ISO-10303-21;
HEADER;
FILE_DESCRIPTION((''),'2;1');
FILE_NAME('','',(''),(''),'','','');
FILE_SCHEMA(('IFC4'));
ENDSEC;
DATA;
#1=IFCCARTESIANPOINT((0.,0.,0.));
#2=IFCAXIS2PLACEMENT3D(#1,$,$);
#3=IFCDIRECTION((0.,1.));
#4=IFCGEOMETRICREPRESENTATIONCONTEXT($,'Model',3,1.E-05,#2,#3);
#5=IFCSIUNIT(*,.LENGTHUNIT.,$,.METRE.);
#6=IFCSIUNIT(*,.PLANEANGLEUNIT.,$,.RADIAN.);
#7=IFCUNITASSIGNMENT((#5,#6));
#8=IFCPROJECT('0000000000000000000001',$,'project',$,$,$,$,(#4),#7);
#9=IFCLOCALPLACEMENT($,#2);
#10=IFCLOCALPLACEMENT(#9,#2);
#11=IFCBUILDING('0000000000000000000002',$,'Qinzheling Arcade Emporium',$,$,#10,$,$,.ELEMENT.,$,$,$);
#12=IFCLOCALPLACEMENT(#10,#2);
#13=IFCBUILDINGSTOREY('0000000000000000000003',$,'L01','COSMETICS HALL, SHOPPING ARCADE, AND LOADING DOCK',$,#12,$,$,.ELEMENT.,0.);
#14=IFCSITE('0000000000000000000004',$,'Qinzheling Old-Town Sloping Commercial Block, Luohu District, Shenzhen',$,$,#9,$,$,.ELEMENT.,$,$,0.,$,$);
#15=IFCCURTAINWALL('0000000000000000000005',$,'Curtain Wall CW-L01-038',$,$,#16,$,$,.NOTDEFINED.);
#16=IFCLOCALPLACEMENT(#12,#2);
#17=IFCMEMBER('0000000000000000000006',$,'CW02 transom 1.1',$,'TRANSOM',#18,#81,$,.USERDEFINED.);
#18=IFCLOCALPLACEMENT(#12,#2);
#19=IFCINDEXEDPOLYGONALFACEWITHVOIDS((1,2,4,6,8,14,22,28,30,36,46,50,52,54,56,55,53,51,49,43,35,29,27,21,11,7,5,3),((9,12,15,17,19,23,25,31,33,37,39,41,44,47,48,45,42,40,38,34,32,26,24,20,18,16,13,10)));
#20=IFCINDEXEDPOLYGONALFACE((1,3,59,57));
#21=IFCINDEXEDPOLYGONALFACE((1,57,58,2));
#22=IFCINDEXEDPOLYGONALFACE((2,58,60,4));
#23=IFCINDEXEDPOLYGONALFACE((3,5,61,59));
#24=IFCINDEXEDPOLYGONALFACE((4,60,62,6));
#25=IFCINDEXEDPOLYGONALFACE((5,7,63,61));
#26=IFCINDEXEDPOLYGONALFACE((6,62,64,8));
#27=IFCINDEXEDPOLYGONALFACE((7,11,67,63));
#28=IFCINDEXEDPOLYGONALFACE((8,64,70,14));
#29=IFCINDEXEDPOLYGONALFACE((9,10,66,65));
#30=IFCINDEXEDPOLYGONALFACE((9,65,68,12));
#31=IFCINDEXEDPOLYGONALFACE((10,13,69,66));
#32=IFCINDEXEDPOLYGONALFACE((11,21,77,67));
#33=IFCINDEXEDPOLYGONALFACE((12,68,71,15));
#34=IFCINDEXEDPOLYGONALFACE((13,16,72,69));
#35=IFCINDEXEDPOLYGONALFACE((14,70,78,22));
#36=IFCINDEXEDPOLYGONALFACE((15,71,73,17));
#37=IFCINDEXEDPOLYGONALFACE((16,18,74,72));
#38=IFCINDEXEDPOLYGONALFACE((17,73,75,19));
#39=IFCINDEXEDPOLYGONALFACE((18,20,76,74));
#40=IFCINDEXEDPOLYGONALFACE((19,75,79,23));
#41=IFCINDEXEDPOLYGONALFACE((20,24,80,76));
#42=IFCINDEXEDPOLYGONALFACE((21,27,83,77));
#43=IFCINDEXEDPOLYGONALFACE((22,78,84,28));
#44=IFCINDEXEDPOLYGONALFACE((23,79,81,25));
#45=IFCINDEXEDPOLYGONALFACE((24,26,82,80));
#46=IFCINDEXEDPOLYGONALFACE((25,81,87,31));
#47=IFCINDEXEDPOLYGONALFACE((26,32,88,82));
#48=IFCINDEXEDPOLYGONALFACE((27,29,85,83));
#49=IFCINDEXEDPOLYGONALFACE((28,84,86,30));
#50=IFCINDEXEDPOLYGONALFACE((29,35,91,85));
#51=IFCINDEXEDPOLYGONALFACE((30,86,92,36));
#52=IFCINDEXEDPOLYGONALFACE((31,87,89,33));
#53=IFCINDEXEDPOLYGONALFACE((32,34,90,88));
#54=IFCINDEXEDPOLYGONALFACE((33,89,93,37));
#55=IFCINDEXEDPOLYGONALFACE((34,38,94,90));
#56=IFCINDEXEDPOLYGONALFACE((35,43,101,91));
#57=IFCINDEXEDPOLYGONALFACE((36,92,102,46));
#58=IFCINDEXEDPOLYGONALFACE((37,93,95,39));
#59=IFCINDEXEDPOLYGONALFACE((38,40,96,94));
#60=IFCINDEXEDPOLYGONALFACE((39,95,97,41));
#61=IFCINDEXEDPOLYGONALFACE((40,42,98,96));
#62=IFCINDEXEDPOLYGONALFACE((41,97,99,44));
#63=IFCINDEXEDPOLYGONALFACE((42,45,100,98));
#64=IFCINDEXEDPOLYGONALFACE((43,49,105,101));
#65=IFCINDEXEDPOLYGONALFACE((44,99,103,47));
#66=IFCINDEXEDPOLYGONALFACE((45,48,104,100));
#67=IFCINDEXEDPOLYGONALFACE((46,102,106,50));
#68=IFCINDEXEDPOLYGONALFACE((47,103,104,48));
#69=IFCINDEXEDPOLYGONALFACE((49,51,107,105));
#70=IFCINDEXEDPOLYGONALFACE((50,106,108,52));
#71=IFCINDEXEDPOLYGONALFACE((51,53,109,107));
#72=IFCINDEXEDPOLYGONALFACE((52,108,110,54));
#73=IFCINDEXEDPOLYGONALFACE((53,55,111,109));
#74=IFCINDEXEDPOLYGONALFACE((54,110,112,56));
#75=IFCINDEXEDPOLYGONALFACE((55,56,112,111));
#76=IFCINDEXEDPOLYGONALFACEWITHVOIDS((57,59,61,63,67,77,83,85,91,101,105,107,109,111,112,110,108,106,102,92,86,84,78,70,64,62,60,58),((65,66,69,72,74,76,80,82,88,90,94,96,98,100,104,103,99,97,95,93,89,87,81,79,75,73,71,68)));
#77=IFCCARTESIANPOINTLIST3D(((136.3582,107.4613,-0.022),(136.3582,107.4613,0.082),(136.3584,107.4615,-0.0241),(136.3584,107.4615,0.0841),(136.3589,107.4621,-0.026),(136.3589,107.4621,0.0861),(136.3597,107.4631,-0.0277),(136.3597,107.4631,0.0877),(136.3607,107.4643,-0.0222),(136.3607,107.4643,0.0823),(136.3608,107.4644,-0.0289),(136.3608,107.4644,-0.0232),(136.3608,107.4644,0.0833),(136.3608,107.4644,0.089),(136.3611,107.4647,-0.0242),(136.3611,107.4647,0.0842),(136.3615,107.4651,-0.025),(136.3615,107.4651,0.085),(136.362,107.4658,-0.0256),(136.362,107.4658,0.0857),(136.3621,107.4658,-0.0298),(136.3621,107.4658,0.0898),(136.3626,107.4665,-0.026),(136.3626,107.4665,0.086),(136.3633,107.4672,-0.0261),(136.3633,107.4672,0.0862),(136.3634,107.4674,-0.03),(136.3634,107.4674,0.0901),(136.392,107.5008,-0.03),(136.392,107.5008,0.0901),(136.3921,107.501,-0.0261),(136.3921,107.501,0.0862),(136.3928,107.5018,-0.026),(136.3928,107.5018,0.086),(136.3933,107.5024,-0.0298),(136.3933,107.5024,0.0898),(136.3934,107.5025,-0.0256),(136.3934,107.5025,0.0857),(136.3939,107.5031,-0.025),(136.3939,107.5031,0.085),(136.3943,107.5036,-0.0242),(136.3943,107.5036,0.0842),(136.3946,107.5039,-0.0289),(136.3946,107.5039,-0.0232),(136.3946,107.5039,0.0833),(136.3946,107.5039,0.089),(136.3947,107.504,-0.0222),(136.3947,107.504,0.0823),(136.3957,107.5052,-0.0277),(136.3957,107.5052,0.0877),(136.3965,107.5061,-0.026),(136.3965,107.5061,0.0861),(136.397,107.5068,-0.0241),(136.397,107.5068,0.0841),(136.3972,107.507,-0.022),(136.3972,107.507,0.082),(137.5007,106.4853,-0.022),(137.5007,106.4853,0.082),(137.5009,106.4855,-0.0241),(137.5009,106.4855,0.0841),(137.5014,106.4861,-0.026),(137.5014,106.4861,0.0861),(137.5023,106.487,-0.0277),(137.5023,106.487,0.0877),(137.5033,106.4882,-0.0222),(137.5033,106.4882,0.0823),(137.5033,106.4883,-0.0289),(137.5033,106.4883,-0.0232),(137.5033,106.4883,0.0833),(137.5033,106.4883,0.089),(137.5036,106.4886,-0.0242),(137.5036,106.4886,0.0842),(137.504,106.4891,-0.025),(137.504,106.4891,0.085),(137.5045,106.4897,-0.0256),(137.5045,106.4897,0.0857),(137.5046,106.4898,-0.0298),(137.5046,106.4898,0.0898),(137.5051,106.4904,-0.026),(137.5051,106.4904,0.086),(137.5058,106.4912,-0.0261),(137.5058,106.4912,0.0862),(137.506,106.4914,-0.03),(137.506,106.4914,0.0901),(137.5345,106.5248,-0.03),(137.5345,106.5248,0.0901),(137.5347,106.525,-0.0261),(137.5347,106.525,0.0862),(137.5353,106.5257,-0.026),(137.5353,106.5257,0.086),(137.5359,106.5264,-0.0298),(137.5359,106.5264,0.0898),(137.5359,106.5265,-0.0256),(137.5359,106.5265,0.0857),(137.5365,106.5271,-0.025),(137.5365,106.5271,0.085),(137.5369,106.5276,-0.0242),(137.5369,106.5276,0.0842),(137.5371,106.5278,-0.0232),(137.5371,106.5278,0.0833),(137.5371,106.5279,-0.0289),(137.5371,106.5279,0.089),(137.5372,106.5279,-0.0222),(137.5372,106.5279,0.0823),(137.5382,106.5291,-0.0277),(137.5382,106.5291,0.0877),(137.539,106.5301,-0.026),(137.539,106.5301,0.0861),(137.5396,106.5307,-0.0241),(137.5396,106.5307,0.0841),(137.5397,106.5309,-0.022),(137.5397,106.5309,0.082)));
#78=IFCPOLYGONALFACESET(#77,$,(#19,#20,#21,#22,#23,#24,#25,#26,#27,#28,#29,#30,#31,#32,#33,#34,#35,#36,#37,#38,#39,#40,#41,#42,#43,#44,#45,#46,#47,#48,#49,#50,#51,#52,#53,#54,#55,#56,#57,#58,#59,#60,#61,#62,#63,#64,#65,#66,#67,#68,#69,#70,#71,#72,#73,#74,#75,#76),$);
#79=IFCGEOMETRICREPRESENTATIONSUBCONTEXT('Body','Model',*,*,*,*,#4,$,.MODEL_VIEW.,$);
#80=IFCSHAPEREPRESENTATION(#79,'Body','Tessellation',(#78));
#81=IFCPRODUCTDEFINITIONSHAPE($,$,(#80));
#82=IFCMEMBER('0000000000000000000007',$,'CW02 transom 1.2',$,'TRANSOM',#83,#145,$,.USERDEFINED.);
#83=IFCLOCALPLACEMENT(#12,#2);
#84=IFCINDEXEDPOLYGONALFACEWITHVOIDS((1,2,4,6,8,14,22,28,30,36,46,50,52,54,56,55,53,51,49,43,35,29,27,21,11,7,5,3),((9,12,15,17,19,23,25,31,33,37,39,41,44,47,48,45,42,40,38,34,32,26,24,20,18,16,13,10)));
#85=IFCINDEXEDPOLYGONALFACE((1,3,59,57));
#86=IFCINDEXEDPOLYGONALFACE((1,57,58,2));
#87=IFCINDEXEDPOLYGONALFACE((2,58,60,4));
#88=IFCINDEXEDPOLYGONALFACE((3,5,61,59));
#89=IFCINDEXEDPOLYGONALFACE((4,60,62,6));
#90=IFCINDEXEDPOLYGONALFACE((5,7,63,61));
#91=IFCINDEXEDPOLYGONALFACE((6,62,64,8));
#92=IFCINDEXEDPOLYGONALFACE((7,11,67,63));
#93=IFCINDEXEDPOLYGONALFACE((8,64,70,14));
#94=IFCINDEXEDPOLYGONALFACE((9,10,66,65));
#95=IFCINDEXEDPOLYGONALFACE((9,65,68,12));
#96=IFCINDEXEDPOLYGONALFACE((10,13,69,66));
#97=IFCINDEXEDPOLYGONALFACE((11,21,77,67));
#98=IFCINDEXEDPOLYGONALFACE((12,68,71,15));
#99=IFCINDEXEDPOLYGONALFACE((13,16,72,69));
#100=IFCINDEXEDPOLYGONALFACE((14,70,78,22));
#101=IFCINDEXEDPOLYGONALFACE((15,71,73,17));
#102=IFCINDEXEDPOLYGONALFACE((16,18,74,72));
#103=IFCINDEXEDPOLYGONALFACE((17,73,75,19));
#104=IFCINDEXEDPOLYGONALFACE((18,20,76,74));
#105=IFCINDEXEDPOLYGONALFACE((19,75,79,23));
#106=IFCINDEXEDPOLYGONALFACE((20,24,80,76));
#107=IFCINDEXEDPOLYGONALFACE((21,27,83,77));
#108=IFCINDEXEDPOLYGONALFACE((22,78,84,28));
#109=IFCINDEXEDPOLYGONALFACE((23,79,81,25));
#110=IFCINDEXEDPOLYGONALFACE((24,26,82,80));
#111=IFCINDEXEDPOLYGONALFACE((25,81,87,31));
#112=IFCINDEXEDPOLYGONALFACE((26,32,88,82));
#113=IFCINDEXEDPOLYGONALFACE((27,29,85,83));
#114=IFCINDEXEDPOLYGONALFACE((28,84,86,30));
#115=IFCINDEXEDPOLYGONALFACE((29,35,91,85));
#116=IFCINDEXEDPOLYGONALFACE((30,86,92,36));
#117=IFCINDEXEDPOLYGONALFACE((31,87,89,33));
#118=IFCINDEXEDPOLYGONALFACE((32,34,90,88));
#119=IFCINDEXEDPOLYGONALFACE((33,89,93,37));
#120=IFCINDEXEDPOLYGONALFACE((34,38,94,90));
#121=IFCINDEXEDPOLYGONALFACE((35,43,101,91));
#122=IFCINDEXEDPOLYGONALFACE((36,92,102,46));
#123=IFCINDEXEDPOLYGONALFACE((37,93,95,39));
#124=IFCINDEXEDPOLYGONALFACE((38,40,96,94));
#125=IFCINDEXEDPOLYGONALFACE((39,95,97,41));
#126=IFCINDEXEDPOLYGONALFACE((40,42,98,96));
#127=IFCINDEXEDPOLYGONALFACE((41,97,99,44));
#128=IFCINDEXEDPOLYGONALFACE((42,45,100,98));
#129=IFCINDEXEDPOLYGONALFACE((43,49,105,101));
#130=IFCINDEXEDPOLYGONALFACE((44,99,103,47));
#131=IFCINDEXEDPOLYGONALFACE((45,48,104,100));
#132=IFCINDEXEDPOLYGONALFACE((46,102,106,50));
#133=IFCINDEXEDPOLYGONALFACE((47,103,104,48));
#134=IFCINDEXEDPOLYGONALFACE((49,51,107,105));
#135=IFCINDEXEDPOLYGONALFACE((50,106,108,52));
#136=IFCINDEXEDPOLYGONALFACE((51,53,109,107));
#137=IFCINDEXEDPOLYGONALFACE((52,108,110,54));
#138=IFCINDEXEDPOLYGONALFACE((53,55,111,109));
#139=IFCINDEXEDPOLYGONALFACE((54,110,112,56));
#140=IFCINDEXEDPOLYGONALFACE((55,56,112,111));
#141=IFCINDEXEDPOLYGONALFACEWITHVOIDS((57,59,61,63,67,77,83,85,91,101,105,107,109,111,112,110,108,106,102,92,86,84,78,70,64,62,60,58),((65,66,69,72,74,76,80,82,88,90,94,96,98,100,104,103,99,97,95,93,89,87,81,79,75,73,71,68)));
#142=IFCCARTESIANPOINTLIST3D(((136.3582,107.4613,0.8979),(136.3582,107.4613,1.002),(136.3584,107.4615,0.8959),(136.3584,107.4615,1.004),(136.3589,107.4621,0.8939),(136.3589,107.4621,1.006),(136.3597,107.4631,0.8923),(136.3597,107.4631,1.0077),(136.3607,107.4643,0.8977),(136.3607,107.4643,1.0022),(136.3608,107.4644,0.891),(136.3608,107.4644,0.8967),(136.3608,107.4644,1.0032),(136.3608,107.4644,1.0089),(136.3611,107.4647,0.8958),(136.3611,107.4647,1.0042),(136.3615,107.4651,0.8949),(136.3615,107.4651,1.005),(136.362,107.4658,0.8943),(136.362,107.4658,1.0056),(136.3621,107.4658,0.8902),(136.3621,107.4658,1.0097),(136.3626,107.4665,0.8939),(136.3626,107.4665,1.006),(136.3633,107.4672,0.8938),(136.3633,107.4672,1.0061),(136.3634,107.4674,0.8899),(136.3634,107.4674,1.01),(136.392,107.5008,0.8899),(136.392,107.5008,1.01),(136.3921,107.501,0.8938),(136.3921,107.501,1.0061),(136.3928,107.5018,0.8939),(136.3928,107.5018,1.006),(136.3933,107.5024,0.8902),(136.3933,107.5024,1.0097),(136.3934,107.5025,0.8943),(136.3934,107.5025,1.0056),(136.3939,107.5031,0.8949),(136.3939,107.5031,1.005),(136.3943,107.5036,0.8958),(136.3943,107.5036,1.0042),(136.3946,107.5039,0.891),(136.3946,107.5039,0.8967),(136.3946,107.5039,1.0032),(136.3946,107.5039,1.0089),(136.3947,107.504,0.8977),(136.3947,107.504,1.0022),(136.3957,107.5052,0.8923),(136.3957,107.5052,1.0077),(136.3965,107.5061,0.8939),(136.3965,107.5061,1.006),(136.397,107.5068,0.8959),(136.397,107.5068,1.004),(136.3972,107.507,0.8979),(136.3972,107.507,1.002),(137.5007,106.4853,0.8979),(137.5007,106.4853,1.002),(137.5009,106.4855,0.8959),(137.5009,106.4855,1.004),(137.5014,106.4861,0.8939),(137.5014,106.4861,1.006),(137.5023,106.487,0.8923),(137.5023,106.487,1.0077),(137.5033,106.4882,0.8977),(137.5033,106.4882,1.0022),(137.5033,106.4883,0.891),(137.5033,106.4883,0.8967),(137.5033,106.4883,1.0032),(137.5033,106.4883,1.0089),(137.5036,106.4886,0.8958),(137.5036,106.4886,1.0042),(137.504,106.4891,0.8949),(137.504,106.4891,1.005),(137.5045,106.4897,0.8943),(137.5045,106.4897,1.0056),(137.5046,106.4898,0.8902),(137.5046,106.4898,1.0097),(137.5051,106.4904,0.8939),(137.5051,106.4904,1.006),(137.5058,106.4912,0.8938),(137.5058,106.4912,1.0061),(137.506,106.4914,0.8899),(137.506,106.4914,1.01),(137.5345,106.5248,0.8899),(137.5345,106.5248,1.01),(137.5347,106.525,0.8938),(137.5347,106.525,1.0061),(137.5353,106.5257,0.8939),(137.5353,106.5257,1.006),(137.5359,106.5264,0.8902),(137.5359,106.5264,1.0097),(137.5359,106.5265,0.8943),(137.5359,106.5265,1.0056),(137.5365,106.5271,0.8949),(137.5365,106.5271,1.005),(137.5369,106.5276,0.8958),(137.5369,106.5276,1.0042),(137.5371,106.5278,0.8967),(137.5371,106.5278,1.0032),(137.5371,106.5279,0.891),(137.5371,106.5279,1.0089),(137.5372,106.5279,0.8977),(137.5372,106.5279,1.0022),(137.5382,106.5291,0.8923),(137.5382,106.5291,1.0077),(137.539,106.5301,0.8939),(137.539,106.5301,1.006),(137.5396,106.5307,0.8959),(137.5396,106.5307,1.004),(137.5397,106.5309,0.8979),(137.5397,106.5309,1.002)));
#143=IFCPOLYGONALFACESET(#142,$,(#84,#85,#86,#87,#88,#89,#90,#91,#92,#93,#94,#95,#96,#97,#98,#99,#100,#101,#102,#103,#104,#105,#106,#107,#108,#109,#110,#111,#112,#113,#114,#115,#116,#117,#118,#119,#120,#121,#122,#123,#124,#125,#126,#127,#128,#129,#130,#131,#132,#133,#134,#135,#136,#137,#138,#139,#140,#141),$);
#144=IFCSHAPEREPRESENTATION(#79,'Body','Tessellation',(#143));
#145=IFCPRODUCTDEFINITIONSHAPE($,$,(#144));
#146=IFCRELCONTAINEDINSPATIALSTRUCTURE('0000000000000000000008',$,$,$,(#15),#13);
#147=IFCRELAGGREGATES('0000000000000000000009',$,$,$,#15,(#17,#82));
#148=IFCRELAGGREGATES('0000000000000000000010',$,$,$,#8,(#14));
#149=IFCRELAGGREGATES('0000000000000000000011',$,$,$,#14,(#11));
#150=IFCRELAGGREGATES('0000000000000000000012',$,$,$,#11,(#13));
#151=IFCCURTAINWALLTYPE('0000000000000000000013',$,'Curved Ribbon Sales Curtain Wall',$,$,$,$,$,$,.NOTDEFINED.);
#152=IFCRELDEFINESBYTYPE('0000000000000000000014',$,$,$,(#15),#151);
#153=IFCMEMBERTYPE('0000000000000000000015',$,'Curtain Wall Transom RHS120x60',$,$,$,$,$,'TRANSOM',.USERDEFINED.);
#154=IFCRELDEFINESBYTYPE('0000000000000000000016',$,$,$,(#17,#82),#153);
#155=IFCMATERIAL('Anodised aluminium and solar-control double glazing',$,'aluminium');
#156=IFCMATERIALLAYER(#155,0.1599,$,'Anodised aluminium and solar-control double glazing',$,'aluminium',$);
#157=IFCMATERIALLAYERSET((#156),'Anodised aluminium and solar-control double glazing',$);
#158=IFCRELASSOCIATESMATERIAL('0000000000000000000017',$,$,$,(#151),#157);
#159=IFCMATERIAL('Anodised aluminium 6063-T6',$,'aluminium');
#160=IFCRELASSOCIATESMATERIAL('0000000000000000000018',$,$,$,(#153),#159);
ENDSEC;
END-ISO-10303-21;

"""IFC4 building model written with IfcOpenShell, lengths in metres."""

from ifc_helpers import new_model, si_unit, direction, frame, origin, origin_2d, place, context, subcontext, project, spatial, hollow_rectangle, extrude, material, layer, layer_set, material_profile, profile_set, type_object, element, aggregate, save


model = new_model("IFC4")

# Units and contexts
model_context = context("Model", 3, precision=1e-05, world=origin(), true_north=direction((0.0, 1.0)))
body_context = subcontext(model_context, "Body", "Model", "MODEL_VIEW")
ifc_project = project(units=[si_unit("LENGTHUNIT", "METRE"), si_unit("PLANEANGLEUNIT", "RADIAN")], contexts=[model_context])

# Site, building, storey
site_placement = place(None, origin())
site = spatial("IfcSite", under=ifc_project, at=site_placement, Name="Qinzheling Old-Town Sloping Commercial Block, Luohu District, Shenzhen", CompositionType="ELEMENT", RefElevation=0.0)
building_placement = place(site_placement, origin())
building = spatial("IfcBuilding", under=site, at=building_placement, Name="Qinzheling Arcade Emporium", CompositionType="ELEMENT")
storey_placement = place(building_placement, origin())
storey = spatial("IfcBuildingStorey", under=building, at=storey_placement, Name="L01", Description="COSMETICS HALL, SHOPPING ARCADE, AND LOADING DOCK", CompositionType="ELEMENT", Elevation=0.0)

# Shared definitions
ifc_material_1 = material(Name="Anodised aluminium and solar-control double glazing", Category="aluminium")
ifc_layer_1 = layer(ifc_material_1, 0.1599, Name="Anodised aluminium and solar-control double glazing", Category="aluminium")
ifc_layer_set_1 = layer_set([ifc_layer_1], Name="Anodised aluminium and solar-control double glazing")
curtain_wall_type = type_object("IfcCurtainWallType", Name="Curved Ribbon Sales Curtain Wall", PredefinedType="NOTDEFINED", material=ifc_layer_set_1)
ifc_material_2 = material(Name="Anodised aluminium 6063-T6", Category="aluminium")

# Curtain wall
curtain_wall_1_placement = place(storey_placement, origin())
curtain_wall_1 = element("IfcCurtainWall", 1, at=curtain_wall_1_placement, inside=storey, type_object=curtain_wall_type, Name="Curtain Wall CW-L01-038", PredefinedType="NOTDEFINED")

# Members
ifc_material_profile_1 = material_profile(ifc_material_2, hollow_rectangle(XDim=0.0601, YDim=0.1201, WallThickness=0.0039, InnerFilletRadius=0.0039, OuterFilletRadius=0.0081, at=origin_2d()), Name="RHS 120x60x4", Category="aluminium")
ifc_profile_set_1 = profile_set([ifc_material_profile_1], Name="Anodised aluminium 6063-T6")
member_type_1 = type_object("IfcMemberType", Name="Curtain Wall Transom RHS120x60", ElementType="TRANSOM", PredefinedType="USERDEFINED", material=ifc_profile_set_1)
member_1_placement = place(storey_placement, frame((136.3777, 107.4841, 0.03), z_axis=(0.760334, -0.649533, 0.0), x_axis=(0.649533, 0.760334, 0.0)))
member_1 = element("IfcMember", 2, at=member_1_placement, type_object=member_type_1, Name="CW02 transom 1.1", ObjectType="TRANSOM", PredefinedType="USERDEFINED", context=body_context, shape_type="SweptSolid", body=[
    extrude(hollow_rectangle(XDim=0.0601, YDim=0.1201, WallThickness=0.0039, InnerFilletRadius=0.0039, OuterFilletRadius=0.0081, at=origin_2d()), origin(), (0.0, 0.0, 1.0), 1.5027),
])
member_2_placement = place(storey_placement, frame((136.3777, 107.4841, 0.95), z_axis=(0.760334, -0.649533, 0.0), x_axis=(0.649533, 0.760334, 0.0)))
member_2 = element("IfcMember", 3, at=member_2_placement, type_object=member_type_1, Name="CW02 transom 1.2", ObjectType="TRANSOM", PredefinedType="USERDEFINED", context=body_context, shape_type="SweptSolid", body=[
    extrude(hollow_rectangle(XDim=0.0601, YDim=0.1201, WallThickness=0.0039, InnerFilletRadius=0.0039, OuterFilletRadius=0.0081, at=origin_2d()), origin(), (0.0, 0.0, 1.0), 1.5027),
])

aggregate(curtain_wall_1, [member_1, member_2])

save(model, "model.ifc")
